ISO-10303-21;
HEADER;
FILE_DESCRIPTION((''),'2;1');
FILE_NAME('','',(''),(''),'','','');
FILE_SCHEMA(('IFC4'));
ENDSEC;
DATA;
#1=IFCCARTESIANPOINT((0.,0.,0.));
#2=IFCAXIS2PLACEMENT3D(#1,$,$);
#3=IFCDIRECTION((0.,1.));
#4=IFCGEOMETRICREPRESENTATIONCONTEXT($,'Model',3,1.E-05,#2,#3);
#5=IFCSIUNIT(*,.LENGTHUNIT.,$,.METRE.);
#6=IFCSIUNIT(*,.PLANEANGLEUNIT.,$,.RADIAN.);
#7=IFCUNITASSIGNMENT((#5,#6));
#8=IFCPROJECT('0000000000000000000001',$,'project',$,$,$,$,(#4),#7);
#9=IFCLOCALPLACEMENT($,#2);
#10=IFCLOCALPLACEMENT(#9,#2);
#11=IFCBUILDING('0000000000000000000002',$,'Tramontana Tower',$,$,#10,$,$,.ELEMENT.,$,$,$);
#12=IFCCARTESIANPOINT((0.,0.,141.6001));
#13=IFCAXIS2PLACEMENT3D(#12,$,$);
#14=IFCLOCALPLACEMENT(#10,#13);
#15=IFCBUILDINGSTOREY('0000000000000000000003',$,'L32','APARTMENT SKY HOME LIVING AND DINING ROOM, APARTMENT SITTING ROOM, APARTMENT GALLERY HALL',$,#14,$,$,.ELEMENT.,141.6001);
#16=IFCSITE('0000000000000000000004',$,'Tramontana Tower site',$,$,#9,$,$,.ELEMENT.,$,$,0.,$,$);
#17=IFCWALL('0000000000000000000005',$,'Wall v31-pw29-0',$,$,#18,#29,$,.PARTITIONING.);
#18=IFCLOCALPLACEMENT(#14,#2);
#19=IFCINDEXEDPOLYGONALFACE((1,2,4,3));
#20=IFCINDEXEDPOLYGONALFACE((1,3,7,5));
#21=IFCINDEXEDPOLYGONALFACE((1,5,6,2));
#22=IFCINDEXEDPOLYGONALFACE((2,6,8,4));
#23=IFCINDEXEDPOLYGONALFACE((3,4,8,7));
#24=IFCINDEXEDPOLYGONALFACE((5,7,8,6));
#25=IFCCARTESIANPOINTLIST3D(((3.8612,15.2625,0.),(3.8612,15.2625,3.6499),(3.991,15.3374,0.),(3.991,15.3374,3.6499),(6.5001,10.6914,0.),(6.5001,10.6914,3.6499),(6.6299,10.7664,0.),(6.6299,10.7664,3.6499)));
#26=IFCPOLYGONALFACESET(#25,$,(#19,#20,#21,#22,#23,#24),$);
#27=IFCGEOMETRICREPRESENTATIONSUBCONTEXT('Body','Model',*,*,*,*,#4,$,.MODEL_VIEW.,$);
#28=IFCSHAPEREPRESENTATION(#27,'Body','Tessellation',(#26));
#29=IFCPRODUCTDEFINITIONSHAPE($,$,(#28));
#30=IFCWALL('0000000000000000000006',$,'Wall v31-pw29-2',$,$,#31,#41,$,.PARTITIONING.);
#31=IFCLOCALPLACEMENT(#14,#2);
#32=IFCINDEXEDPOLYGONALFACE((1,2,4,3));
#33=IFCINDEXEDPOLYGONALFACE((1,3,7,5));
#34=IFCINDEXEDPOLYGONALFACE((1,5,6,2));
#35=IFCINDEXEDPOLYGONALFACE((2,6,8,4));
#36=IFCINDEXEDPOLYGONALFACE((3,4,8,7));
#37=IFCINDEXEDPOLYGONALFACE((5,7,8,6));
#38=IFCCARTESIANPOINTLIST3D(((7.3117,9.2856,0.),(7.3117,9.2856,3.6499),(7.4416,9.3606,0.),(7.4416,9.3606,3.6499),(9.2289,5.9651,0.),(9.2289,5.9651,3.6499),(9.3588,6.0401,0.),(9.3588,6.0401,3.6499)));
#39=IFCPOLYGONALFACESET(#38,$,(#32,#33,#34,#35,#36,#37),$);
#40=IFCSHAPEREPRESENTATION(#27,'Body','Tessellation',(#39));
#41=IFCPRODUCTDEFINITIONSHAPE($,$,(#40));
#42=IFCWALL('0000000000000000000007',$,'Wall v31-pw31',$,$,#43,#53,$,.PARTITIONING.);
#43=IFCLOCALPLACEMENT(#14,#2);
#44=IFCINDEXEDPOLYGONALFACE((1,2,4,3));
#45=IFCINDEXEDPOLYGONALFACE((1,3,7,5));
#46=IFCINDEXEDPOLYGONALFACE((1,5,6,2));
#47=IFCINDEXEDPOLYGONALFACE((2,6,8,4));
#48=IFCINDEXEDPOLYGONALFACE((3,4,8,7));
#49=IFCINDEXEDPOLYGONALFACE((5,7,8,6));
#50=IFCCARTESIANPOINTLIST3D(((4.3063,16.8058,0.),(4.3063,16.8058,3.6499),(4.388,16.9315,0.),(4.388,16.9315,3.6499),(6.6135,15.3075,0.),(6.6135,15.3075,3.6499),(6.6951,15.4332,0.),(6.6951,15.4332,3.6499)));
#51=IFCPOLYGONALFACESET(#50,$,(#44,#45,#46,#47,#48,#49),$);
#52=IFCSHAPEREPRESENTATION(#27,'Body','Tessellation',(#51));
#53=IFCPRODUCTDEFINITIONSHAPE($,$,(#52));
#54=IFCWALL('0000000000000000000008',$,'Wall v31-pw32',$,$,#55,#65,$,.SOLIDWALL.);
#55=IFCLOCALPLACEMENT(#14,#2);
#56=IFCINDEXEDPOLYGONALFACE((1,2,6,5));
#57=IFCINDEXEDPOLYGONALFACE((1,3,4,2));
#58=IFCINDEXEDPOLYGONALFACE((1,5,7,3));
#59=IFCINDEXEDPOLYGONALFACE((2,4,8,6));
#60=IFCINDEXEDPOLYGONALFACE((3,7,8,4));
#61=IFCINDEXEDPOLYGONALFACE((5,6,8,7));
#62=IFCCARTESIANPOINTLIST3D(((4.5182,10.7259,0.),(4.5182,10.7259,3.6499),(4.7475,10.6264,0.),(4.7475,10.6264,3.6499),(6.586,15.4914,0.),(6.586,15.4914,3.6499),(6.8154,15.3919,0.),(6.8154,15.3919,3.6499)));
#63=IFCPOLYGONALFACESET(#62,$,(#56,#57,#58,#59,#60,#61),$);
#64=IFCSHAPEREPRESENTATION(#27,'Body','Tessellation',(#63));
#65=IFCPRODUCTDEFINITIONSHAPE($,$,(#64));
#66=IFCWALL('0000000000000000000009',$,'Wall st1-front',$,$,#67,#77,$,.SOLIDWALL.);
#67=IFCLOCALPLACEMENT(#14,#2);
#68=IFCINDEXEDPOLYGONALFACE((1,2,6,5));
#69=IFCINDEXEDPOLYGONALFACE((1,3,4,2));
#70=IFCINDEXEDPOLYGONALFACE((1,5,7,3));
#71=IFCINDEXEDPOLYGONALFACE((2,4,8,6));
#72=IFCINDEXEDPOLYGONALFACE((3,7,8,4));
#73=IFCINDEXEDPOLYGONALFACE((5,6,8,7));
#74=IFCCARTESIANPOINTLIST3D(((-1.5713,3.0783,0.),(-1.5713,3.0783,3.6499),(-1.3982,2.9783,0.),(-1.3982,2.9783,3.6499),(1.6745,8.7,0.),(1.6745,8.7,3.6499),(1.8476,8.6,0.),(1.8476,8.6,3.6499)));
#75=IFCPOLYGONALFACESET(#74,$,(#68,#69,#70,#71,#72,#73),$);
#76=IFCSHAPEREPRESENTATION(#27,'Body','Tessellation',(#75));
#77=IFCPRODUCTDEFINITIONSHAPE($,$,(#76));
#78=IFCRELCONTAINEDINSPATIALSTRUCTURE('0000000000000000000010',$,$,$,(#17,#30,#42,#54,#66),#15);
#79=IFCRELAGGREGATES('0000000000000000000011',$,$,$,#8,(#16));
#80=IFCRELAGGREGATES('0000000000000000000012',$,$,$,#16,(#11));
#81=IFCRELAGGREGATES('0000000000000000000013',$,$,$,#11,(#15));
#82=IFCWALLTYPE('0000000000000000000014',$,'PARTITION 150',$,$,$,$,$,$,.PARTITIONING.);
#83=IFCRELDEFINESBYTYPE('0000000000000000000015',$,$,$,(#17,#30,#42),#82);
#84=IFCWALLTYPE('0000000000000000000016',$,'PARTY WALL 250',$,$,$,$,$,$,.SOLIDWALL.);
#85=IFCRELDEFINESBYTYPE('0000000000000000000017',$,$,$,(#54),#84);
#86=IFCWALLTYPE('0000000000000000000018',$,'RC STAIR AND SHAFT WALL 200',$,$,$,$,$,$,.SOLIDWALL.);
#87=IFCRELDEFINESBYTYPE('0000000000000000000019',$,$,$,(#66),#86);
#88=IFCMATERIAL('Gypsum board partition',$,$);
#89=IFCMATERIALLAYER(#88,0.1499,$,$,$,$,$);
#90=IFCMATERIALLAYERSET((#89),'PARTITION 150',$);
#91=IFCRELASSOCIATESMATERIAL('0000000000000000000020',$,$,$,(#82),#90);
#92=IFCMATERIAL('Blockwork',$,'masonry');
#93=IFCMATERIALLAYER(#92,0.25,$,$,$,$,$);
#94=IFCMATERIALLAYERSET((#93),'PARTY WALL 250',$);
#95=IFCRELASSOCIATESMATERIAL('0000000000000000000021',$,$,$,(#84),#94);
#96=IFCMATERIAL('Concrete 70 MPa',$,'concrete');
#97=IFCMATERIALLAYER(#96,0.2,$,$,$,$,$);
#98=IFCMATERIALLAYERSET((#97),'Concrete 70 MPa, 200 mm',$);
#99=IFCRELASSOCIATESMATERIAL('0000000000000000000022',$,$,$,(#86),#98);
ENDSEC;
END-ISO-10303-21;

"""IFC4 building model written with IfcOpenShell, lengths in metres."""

from ifc_helpers import new_model, si_unit, direction, frame, frame_2d, origin, place, context, subcontext, project, spatial, rectangle, extrude, material, layer, layer_set, type_object, element, save


model = new_model("IFC4")

# Units and contexts
model_context = context("Model", 3, precision=1e-05, world=origin(), true_north=direction((0.0, 1.0)))
body_context = subcontext(model_context, "Body", "Model", "MODEL_VIEW")
ifc_project = project(units=[si_unit("LENGTHUNIT", "METRE"), si_unit("PLANEANGLEUNIT", "RADIAN")], contexts=[model_context])

# Site, building, storey
site_placement = place(None, origin())
site = spatial("IfcSite", under=ifc_project, at=site_placement, Name="Tramontana Tower site", CompositionType="ELEMENT", RefElevation=0.0)
building_placement = place(site_placement, origin())
building = spatial("IfcBuilding", under=site, at=building_placement, Name="Tramontana Tower", CompositionType="ELEMENT")
storey_placement = place(building_placement, frame((0.0, 0.0, 141.6001)))
storey = spatial("IfcBuildingStorey", under=building, at=storey_placement, Name="L32", Description="APARTMENT SKY HOME LIVING AND DINING ROOM, APARTMENT SITTING ROOM, APARTMENT GALLERY HALL", CompositionType="ELEMENT", Elevation=141.6001)

# Wall
ifc_material_1 = material(Name="Gypsum board partition")
ifc_layer_1 = layer(ifc_material_1, 0.1499)
ifc_layer_set_1 = layer_set([ifc_layer_1], Name="PARTITION 150")
wall_type_1 = type_object("IfcWallType", Name="PARTITION 150", PredefinedType="PARTITIONING", material=ifc_layer_set_1)
wall_1_placement = place(storey_placement, frame((3.926, 15.3, 0.0), z_axis=(0.0, 0.0, 1.0), x_axis=(0.499975, -0.86604, 0.0)))
element("IfcWall", 1, at=wall_1_placement, inside=storey, type_object=wall_type_1, Name="Wall v31-pw29-0", PredefinedType="PARTITIONING", context=body_context, shape_type="SweptSolid", body=[
    extrude(rectangle(XDim=5.2781, YDim=0.1499, at=frame_2d((2.6392, 0.0))), origin(), (0.0, 0.0, 1.0), 3.6499),
])

# Wall
wall_2_placement = place(storey_placement, frame((7.3767, 9.323, 0.0), z_axis=(0.0, 0.0, 1.0), x_axis=(0.500022, -0.866013, 0.0)))
element("IfcWall", 2, at=wall_2_placement, inside=storey, type_object=wall_type_1, Name="Wall v31-pw29-2", PredefinedType="PARTITIONING", context=body_context, shape_type="SweptSolid", body=[
    extrude(rectangle(XDim=3.8342, YDim=0.1499, at=frame_2d((1.917, 0.0))), origin(), (0.0, 0.0, 1.0), 3.6499),
])

# Walls
wall_3_placement = place(storey_placement, frame((4.3472, 16.8687, 0.0), z_axis=(0.0, 0.0, 1.0), x_axis=(0.838667, -0.544645, 0.0)))
element("IfcWall", 3, at=wall_3_placement, inside=storey, type_object=wall_type_1, Name="Wall v31-pw31", PredefinedType="PARTITIONING", context=body_context, shape_type="SweptSolid", body=[
    extrude(rectangle(XDim=2.751, YDim=0.1499, at=frame_2d((1.3755, 0.0))), origin(), (0.0, 0.0, 1.0), 3.6499),
])
ifc_material_2 = material(Name="Blockwork", Category="masonry")
ifc_layer_2 = layer(ifc_material_2, 0.25)
ifc_layer_set_2 = layer_set([ifc_layer_2], Name="PARTY WALL 250")
wall_type_2 = type_object("IfcWallType", Name="PARTY WALL 250", PredefinedType="SOLIDWALL", material=ifc_layer_set_2)
wall_4_placement = place(storey_placement, frame((6.7007, 15.4417, 0.0), z_axis=(0.0, 0.0, 1.0), x_axis=(-0.398056, -0.917361, 0.0)))
element("IfcWall", 4, at=wall_4_placement, inside=storey, type_object=wall_type_2, Name="Wall v31-pw32", PredefinedType="SOLIDWALL", context=body_context, shape_type="SweptSolid", body=[
    extrude(rectangle(XDim=5.1948, YDim=0.25, at=frame_2d((2.5974, 0.0))), origin(), (0.0, 0.0, 1.0), 3.6499),
])
ifc_material_3 = material(Name="Concrete 70 MPa", Category="concrete")
ifc_layer_3 = layer(ifc_material_3, 0.2)
ifc_layer_set_3 = layer_set([ifc_layer_3], Name="Concrete 70 MPa, 200 mm")
wall_type_3 = type_object("IfcWallType", Name="RC STAIR AND SHAFT WALL 200", PredefinedType="SOLIDWALL", material=ifc_layer_set_3)
wall_5_placement = place(storey_placement, frame((1.761, 8.6499, 0.0), z_axis=(0.0, 0.0, 1.0), x_axis=(-0.50001, -0.86602, 0.0)))
element("IfcWall", 5, at=wall_5_placement, inside=storey, type_object=wall_type_3, Name="Wall st1-front", PredefinedType="SOLIDWALL", context=body_context, shape_type="SweptSolid", body=[
    extrude(rectangle(XDim=6.4915, YDim=0.2, at=frame_2d((3.2456, 0.0))), origin(), (0.0, 0.0, 1.0), 3.6499),
])

save(model, "model.ifc")
